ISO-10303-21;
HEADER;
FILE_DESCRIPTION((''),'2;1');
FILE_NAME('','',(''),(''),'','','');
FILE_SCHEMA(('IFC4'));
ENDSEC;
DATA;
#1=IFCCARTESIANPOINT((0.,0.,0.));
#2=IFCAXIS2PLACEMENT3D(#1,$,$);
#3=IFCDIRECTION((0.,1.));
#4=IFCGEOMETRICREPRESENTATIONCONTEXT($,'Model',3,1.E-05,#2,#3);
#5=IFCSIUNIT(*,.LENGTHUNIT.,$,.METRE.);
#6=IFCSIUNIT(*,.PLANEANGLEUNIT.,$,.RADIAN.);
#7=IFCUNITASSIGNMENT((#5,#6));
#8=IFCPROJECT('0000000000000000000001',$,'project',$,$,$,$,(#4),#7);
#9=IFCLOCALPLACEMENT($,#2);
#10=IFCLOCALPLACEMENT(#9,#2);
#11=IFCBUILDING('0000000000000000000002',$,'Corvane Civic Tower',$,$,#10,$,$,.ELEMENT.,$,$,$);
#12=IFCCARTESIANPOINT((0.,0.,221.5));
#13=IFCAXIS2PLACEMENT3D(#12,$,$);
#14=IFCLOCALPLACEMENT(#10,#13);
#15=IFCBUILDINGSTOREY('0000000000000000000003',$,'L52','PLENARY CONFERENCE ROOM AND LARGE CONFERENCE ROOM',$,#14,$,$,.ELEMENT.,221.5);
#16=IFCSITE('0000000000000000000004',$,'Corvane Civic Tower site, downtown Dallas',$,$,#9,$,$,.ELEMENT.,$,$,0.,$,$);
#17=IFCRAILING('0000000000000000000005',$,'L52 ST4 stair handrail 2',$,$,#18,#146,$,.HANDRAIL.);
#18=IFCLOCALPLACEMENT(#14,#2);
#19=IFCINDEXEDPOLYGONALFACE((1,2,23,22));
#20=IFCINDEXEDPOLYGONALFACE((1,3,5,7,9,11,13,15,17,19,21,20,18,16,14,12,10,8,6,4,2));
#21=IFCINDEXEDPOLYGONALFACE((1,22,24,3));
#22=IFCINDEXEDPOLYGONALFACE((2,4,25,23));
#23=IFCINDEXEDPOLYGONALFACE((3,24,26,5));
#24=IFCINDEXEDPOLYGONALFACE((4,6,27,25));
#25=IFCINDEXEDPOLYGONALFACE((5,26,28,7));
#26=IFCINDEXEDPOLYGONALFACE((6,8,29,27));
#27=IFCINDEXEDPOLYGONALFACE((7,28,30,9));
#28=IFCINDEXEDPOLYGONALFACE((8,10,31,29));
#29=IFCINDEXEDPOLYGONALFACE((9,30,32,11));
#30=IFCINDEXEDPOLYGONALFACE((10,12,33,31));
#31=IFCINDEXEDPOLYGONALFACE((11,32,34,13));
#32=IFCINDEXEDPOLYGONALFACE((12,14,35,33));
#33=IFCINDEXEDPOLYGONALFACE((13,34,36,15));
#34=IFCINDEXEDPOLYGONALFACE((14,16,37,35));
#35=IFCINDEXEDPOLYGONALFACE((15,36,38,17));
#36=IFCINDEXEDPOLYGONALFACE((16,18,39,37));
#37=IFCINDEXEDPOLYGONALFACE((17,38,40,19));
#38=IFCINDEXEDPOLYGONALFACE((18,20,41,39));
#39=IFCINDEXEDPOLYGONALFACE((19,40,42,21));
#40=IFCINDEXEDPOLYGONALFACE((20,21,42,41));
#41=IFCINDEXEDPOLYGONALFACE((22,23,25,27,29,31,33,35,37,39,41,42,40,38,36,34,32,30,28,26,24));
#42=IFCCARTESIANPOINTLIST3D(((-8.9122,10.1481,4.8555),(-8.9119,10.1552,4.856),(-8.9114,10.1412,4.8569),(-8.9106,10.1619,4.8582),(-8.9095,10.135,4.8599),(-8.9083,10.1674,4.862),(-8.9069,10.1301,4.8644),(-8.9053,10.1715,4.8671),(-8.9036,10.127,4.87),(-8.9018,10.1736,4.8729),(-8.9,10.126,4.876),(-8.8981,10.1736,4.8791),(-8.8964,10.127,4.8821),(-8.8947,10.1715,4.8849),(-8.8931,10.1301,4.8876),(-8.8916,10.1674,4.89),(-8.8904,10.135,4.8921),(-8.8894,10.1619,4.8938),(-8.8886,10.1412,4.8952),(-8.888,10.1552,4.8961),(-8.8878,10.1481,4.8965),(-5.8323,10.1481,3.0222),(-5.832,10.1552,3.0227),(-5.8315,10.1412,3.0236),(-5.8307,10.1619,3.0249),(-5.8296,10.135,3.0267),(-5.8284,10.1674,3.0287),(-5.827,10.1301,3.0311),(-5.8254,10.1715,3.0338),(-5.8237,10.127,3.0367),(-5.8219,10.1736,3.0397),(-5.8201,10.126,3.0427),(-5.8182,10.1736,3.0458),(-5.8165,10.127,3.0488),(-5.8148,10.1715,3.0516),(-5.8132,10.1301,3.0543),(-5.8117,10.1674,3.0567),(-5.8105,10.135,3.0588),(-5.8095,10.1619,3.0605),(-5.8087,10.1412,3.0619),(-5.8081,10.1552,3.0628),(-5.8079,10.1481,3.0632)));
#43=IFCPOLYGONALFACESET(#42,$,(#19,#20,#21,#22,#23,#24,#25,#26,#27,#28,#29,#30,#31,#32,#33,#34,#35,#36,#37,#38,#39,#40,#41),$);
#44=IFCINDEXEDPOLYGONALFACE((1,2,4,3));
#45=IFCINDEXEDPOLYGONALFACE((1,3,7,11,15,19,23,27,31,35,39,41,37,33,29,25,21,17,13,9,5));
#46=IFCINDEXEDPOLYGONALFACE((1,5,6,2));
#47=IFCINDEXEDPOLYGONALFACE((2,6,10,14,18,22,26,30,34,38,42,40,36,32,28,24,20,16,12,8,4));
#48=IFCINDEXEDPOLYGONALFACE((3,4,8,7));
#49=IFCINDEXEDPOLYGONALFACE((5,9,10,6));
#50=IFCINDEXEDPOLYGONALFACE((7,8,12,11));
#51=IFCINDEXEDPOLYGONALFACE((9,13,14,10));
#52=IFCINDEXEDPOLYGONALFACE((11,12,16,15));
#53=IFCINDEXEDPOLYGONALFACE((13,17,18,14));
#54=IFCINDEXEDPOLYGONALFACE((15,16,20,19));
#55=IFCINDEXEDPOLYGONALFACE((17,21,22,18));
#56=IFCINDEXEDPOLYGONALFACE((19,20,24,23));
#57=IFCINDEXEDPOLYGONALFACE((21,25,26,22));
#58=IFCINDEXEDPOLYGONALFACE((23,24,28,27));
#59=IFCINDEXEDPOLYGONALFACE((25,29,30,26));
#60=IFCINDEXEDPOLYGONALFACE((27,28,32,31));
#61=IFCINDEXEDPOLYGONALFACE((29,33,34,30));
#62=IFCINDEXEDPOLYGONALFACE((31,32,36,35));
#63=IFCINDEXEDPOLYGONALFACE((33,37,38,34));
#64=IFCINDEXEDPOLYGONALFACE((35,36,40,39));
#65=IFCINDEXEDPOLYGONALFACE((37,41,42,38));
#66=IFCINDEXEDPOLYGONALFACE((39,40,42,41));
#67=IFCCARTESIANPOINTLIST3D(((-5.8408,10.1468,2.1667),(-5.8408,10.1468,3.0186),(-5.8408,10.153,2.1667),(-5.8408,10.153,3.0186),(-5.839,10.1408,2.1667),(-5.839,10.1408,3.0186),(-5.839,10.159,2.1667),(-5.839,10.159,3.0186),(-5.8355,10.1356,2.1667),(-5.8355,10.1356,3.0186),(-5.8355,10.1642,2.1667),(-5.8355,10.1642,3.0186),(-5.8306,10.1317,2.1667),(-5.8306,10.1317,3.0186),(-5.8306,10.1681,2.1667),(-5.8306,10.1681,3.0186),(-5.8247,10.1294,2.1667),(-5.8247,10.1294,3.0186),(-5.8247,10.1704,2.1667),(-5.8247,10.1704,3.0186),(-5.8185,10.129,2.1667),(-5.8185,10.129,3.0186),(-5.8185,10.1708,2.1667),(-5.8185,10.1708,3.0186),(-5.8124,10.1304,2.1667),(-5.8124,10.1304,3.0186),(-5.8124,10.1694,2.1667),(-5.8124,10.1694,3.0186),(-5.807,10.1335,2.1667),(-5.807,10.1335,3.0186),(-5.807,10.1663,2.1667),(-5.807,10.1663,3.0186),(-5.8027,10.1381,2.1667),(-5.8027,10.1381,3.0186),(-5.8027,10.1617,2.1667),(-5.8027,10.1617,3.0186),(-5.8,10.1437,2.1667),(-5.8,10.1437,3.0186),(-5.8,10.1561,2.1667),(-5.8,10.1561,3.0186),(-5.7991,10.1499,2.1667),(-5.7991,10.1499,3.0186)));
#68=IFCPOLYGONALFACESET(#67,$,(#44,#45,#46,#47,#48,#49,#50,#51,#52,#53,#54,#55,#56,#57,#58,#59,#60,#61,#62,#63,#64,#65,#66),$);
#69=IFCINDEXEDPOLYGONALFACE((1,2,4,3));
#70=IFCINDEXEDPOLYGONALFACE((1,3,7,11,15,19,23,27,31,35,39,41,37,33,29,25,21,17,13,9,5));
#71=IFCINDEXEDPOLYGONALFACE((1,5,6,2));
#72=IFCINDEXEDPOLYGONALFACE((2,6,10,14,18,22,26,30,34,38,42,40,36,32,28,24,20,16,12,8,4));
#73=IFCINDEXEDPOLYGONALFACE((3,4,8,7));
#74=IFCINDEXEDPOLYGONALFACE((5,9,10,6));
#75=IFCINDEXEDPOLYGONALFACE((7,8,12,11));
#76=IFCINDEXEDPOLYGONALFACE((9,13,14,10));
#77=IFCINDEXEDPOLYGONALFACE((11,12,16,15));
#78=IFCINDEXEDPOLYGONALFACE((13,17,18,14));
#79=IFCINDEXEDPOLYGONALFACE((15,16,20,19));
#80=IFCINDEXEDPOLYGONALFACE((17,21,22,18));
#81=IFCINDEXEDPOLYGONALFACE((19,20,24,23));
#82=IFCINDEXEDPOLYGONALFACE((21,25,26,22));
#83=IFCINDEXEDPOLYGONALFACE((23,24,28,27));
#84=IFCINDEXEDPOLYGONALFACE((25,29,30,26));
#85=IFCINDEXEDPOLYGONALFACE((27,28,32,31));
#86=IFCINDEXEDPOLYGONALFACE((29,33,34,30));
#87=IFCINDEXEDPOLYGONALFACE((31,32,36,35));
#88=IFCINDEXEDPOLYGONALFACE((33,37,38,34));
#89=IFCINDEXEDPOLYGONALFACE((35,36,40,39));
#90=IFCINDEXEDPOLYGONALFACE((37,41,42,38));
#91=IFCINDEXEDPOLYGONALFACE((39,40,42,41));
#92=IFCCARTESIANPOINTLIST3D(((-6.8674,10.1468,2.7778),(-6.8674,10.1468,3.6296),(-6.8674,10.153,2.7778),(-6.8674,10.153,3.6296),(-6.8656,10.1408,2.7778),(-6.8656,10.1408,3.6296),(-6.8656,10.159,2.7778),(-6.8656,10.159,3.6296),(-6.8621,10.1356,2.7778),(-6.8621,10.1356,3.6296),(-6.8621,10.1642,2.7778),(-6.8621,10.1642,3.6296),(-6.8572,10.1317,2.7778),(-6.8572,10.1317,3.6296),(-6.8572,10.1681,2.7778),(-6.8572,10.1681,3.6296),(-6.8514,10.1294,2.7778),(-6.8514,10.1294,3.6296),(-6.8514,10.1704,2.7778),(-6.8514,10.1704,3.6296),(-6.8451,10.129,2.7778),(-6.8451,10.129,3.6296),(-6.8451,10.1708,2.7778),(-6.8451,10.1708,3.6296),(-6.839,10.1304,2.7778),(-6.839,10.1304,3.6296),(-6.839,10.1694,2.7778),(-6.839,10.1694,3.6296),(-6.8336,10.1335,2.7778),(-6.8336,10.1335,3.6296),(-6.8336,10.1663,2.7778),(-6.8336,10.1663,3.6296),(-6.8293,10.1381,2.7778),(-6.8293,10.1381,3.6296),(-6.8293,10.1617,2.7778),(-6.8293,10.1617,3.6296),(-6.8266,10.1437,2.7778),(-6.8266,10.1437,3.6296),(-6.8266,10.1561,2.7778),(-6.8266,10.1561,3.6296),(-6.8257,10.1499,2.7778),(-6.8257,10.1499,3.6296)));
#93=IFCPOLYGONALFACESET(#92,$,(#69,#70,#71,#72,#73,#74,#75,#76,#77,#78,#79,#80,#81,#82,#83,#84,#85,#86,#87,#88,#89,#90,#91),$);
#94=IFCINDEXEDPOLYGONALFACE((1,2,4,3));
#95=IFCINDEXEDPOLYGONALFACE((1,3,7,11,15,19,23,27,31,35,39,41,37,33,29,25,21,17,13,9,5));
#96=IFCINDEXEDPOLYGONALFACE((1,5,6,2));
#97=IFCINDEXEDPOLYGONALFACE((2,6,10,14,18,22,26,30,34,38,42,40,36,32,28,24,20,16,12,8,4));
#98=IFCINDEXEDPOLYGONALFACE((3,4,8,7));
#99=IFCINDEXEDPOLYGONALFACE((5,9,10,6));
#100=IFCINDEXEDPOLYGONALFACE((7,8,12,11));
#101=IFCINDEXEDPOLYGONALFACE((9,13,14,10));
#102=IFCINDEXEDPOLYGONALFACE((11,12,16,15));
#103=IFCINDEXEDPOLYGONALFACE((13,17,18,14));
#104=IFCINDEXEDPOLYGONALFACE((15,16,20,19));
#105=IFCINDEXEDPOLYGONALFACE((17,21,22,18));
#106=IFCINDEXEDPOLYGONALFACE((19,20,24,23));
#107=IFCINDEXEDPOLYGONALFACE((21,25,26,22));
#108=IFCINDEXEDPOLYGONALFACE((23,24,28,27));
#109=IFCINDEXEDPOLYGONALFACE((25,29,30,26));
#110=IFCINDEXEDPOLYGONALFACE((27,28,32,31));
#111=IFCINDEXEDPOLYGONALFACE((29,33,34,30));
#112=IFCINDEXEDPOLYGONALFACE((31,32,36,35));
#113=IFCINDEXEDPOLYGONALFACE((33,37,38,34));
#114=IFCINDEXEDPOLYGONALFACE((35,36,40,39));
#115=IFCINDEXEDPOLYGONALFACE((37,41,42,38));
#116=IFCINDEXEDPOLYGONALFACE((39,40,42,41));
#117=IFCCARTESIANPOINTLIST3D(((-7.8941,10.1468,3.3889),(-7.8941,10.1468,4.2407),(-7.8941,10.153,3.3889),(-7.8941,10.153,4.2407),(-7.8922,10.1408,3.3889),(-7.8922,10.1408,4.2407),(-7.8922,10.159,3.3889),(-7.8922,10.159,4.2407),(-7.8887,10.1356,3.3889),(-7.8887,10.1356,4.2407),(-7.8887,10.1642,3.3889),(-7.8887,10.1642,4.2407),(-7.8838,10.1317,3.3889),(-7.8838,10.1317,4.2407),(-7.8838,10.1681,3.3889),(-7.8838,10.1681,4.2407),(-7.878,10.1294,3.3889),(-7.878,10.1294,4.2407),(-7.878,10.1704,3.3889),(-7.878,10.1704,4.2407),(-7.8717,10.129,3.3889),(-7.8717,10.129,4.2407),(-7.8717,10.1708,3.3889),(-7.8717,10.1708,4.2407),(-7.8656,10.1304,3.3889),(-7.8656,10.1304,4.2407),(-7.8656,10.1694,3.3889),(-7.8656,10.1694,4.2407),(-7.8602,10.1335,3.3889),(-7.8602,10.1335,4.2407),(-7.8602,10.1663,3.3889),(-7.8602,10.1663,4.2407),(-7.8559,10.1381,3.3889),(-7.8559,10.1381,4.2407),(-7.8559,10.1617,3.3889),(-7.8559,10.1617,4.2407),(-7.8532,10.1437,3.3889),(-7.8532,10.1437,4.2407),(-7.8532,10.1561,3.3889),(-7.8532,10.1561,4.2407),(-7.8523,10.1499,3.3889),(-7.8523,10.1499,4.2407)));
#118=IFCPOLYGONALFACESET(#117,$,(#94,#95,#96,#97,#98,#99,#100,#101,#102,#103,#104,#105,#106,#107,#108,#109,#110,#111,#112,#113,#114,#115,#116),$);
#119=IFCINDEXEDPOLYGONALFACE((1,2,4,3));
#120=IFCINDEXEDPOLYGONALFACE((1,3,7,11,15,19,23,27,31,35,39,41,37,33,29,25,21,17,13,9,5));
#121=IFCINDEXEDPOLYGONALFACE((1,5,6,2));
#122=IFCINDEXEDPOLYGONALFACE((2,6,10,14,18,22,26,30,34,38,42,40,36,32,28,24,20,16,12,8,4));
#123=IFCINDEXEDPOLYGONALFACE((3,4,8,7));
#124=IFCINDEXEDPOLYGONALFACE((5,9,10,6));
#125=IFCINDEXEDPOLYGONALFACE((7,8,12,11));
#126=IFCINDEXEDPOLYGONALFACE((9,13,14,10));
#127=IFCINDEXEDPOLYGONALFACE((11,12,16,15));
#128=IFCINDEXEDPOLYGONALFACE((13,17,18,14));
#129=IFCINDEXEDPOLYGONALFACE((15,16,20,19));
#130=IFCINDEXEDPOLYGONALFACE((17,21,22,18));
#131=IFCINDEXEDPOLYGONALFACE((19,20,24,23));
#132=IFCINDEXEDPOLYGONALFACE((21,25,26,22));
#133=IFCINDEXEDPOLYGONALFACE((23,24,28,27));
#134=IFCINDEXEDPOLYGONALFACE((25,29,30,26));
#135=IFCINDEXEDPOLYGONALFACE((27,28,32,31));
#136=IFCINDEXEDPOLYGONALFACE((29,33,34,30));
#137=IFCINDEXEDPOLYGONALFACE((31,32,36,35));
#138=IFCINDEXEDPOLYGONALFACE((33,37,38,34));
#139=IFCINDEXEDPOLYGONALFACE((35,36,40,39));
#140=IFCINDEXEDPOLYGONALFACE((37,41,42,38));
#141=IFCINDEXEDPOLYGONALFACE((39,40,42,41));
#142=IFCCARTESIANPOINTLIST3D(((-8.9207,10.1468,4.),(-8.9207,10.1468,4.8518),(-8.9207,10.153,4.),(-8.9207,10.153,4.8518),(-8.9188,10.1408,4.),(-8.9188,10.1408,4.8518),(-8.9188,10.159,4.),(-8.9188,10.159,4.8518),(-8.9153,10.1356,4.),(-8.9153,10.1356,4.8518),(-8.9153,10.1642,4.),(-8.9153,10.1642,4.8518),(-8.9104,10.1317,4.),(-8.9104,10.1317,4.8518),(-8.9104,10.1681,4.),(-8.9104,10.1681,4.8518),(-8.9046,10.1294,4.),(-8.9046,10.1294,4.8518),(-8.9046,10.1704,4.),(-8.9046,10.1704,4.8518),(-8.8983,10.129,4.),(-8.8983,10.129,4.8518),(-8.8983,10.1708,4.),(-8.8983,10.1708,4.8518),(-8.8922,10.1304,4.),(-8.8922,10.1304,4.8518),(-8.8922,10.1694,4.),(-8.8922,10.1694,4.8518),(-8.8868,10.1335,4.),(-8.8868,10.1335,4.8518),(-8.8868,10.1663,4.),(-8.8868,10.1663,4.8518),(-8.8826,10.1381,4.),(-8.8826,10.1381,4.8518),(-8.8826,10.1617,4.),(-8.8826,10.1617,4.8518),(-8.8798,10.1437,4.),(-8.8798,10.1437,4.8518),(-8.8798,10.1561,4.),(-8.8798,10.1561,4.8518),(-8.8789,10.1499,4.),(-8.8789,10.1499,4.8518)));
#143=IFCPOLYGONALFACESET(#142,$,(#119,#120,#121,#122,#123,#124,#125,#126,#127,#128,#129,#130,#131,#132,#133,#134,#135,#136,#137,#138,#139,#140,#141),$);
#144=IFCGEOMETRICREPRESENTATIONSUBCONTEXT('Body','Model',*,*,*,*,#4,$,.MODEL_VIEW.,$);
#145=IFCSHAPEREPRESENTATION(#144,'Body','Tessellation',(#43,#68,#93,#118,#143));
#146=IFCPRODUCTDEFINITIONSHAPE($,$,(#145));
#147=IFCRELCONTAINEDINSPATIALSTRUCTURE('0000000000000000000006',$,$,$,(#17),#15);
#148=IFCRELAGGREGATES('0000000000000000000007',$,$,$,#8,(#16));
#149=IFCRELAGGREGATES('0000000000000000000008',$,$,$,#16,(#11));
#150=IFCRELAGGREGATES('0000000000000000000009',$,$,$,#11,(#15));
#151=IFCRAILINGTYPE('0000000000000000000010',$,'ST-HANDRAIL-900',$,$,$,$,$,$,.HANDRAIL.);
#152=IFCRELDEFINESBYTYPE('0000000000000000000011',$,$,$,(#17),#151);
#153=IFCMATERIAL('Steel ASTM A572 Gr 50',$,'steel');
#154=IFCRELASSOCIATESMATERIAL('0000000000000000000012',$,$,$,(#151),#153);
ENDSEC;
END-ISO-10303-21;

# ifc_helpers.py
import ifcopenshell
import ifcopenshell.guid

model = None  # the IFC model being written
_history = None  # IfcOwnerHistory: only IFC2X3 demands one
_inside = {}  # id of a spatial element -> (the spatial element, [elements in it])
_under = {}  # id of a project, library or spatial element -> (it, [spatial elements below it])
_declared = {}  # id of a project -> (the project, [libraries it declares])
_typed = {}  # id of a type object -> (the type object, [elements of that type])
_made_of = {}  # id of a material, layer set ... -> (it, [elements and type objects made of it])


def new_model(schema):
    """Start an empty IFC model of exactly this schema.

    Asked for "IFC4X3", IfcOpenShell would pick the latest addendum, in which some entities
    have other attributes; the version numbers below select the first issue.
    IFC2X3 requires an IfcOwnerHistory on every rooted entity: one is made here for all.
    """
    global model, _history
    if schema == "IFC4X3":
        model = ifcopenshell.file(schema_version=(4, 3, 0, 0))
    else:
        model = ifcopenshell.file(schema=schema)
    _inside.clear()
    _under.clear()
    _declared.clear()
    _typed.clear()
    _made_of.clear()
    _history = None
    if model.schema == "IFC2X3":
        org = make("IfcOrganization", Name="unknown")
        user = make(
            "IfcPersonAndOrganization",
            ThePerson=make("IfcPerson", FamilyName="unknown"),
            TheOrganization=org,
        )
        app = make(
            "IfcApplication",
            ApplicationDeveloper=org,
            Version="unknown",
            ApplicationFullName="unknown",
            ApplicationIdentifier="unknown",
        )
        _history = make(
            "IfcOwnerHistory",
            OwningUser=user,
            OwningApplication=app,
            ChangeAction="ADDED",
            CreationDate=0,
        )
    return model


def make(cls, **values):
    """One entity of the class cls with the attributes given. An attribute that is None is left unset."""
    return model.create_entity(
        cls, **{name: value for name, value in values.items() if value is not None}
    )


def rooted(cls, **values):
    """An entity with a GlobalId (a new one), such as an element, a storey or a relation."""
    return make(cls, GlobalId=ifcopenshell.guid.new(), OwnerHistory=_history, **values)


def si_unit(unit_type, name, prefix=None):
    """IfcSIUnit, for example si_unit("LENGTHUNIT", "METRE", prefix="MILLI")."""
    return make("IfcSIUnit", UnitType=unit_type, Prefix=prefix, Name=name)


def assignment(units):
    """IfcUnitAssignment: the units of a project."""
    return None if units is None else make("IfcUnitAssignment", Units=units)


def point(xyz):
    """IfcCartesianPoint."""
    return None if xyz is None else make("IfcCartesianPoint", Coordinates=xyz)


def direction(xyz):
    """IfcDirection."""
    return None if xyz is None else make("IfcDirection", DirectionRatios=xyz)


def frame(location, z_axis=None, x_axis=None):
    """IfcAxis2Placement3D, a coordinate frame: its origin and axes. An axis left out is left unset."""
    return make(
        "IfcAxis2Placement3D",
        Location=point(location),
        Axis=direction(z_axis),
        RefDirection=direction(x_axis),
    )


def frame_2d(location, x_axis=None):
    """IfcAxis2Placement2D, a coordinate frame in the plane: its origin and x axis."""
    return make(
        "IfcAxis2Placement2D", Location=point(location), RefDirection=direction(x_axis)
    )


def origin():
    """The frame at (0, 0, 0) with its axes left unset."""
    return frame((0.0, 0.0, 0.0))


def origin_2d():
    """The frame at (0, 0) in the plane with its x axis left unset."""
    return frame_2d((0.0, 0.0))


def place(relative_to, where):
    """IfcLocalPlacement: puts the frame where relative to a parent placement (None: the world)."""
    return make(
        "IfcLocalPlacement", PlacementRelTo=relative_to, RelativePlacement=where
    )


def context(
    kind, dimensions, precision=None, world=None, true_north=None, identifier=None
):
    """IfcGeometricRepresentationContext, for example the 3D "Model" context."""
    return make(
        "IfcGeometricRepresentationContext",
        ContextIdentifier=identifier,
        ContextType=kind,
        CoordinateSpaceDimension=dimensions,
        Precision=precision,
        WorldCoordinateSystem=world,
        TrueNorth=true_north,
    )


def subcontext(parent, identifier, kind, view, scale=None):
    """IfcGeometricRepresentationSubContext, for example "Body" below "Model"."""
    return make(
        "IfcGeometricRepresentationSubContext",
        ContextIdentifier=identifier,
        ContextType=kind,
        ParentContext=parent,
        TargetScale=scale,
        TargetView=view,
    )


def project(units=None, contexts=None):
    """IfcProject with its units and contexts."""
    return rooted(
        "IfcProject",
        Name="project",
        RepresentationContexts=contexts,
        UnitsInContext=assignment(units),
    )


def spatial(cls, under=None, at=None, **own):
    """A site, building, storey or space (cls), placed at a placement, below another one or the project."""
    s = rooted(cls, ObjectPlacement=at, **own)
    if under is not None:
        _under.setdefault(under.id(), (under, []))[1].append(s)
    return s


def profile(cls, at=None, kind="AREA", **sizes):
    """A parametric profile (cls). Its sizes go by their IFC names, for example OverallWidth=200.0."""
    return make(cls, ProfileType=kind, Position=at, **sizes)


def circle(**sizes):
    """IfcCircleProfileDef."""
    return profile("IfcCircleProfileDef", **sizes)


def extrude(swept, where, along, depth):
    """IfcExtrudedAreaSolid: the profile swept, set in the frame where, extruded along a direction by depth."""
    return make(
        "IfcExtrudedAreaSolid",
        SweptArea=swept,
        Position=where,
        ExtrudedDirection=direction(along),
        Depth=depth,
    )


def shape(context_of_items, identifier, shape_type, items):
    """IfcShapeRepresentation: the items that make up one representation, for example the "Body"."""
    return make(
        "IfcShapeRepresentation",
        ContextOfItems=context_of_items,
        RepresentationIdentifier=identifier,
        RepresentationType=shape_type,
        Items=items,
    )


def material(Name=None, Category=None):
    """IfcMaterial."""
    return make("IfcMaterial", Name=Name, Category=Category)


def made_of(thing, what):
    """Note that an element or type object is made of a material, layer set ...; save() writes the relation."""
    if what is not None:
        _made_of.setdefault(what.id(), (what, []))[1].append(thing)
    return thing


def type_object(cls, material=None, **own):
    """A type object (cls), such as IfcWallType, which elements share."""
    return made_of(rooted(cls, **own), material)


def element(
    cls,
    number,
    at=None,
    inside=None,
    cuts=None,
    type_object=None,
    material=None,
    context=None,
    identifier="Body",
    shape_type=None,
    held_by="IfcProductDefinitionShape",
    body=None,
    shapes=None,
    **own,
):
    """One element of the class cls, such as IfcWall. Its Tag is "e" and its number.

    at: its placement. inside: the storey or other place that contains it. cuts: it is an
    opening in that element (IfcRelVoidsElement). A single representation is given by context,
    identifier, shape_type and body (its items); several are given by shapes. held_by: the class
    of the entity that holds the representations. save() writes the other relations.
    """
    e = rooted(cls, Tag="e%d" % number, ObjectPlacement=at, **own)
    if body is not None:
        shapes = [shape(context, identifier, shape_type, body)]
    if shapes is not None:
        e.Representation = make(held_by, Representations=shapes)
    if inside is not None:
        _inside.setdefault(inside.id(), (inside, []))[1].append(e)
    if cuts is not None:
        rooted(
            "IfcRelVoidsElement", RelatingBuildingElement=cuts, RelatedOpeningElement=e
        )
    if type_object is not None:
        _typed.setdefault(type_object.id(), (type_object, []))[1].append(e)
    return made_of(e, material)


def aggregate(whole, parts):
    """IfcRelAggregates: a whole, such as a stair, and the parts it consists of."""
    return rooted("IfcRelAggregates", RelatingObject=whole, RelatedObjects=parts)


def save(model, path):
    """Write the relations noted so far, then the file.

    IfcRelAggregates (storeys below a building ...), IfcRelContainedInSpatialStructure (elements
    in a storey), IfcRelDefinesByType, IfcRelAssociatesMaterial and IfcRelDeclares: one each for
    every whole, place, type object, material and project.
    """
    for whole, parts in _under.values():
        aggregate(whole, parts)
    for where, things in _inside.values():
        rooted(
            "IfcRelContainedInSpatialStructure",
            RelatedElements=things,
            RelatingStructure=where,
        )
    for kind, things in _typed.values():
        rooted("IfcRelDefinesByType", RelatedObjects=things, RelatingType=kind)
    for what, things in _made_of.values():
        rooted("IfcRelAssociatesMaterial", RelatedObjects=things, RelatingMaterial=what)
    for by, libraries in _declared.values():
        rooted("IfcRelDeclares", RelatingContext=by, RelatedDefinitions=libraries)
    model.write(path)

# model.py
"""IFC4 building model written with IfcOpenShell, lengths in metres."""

from ifc_helpers import new_model, si_unit, direction, frame, origin, origin_2d, place, context, subcontext, project, spatial, circle, extrude, material, type_object, element, save


model = new_model("IFC4")

# Units and contexts
model_context = context("Model", 3, precision=1e-05, world=origin(), true_north=direction((0.0, 1.0)))
body_context = subcontext(model_context, "Body", "Model", "MODEL_VIEW")
ifc_project = project(units=[si_unit("LENGTHUNIT", "METRE"), si_unit("PLANEANGLEUNIT", "RADIAN")], contexts=[model_context])

# Site, building, storey
site_placement = place(None, origin())
site = spatial("IfcSite", under=ifc_project, at=site_placement, Name="Corvane Civic Tower site, downtown Dallas", CompositionType="ELEMENT", RefElevation=0.0)
building_placement = place(site_placement, origin())
building = spatial("IfcBuilding", under=site, at=building_placement, Name="Corvane Civic Tower", CompositionType="ELEMENT")
storey_placement = place(building_placement, frame((0.0, 0.0, 221.5)))
storey = spatial("IfcBuildingStorey", under=building, at=storey_placement, Name="L52", Description="PLENARY CONFERENCE ROOM AND LARGE CONFERENCE ROOM", CompositionType="ELEMENT", Elevation=221.5)

# Railing
ifc_material_1 = material(Name="Steel ASTM A572 Gr 50", Category="steel")
railing_type_1 = type_object("IfcRailingType", Name="ST-HANDRAIL-900", PredefinedType="HANDRAIL", material=ifc_material_1)
railing_1_placement = place(storey_placement, frame((-5.8201, 10.1499, 2.1667)))
element("IfcRailing", 1, at=railing_1_placement, inside=storey, type_object=railing_type_1, Name="L52 ST4 stair handrail 2", PredefinedType="HANDRAIL", context=body_context, shape_type="SweptSolid", body=[
    extrude(circle(Radius=0.0239, at=origin_2d()), frame((0.0, 0.0, 0.876), z_axis=(-0.859291, 0.0, 0.511487), x_axis=(0.0, -1.0, 0.0)), (0.0, 0.0, 1.0), 3.5842),
    extrude(circle(Radius=0.021, at=origin_2d()), origin(), (0.0, 0.0, 1.0), 0.8518),
    extrude(circle(Radius=0.021, at=origin_2d()), frame((-1.0266, 0.0, 0.6111)), (0.0, 0.0, 1.0), 0.8518),
    extrude(circle(Radius=0.021, at=origin_2d()), frame((-2.0532, 0.0, 1.2222)), (0.0, 0.0, 1.0), 0.8518),
    extrude(circle(Radius=0.021, at=origin_2d()), frame((-3.0798, 0.0, 1.8333)), (0.0, 0.0, 1.0), 0.8518),
])

save(model, "model.ifc")
